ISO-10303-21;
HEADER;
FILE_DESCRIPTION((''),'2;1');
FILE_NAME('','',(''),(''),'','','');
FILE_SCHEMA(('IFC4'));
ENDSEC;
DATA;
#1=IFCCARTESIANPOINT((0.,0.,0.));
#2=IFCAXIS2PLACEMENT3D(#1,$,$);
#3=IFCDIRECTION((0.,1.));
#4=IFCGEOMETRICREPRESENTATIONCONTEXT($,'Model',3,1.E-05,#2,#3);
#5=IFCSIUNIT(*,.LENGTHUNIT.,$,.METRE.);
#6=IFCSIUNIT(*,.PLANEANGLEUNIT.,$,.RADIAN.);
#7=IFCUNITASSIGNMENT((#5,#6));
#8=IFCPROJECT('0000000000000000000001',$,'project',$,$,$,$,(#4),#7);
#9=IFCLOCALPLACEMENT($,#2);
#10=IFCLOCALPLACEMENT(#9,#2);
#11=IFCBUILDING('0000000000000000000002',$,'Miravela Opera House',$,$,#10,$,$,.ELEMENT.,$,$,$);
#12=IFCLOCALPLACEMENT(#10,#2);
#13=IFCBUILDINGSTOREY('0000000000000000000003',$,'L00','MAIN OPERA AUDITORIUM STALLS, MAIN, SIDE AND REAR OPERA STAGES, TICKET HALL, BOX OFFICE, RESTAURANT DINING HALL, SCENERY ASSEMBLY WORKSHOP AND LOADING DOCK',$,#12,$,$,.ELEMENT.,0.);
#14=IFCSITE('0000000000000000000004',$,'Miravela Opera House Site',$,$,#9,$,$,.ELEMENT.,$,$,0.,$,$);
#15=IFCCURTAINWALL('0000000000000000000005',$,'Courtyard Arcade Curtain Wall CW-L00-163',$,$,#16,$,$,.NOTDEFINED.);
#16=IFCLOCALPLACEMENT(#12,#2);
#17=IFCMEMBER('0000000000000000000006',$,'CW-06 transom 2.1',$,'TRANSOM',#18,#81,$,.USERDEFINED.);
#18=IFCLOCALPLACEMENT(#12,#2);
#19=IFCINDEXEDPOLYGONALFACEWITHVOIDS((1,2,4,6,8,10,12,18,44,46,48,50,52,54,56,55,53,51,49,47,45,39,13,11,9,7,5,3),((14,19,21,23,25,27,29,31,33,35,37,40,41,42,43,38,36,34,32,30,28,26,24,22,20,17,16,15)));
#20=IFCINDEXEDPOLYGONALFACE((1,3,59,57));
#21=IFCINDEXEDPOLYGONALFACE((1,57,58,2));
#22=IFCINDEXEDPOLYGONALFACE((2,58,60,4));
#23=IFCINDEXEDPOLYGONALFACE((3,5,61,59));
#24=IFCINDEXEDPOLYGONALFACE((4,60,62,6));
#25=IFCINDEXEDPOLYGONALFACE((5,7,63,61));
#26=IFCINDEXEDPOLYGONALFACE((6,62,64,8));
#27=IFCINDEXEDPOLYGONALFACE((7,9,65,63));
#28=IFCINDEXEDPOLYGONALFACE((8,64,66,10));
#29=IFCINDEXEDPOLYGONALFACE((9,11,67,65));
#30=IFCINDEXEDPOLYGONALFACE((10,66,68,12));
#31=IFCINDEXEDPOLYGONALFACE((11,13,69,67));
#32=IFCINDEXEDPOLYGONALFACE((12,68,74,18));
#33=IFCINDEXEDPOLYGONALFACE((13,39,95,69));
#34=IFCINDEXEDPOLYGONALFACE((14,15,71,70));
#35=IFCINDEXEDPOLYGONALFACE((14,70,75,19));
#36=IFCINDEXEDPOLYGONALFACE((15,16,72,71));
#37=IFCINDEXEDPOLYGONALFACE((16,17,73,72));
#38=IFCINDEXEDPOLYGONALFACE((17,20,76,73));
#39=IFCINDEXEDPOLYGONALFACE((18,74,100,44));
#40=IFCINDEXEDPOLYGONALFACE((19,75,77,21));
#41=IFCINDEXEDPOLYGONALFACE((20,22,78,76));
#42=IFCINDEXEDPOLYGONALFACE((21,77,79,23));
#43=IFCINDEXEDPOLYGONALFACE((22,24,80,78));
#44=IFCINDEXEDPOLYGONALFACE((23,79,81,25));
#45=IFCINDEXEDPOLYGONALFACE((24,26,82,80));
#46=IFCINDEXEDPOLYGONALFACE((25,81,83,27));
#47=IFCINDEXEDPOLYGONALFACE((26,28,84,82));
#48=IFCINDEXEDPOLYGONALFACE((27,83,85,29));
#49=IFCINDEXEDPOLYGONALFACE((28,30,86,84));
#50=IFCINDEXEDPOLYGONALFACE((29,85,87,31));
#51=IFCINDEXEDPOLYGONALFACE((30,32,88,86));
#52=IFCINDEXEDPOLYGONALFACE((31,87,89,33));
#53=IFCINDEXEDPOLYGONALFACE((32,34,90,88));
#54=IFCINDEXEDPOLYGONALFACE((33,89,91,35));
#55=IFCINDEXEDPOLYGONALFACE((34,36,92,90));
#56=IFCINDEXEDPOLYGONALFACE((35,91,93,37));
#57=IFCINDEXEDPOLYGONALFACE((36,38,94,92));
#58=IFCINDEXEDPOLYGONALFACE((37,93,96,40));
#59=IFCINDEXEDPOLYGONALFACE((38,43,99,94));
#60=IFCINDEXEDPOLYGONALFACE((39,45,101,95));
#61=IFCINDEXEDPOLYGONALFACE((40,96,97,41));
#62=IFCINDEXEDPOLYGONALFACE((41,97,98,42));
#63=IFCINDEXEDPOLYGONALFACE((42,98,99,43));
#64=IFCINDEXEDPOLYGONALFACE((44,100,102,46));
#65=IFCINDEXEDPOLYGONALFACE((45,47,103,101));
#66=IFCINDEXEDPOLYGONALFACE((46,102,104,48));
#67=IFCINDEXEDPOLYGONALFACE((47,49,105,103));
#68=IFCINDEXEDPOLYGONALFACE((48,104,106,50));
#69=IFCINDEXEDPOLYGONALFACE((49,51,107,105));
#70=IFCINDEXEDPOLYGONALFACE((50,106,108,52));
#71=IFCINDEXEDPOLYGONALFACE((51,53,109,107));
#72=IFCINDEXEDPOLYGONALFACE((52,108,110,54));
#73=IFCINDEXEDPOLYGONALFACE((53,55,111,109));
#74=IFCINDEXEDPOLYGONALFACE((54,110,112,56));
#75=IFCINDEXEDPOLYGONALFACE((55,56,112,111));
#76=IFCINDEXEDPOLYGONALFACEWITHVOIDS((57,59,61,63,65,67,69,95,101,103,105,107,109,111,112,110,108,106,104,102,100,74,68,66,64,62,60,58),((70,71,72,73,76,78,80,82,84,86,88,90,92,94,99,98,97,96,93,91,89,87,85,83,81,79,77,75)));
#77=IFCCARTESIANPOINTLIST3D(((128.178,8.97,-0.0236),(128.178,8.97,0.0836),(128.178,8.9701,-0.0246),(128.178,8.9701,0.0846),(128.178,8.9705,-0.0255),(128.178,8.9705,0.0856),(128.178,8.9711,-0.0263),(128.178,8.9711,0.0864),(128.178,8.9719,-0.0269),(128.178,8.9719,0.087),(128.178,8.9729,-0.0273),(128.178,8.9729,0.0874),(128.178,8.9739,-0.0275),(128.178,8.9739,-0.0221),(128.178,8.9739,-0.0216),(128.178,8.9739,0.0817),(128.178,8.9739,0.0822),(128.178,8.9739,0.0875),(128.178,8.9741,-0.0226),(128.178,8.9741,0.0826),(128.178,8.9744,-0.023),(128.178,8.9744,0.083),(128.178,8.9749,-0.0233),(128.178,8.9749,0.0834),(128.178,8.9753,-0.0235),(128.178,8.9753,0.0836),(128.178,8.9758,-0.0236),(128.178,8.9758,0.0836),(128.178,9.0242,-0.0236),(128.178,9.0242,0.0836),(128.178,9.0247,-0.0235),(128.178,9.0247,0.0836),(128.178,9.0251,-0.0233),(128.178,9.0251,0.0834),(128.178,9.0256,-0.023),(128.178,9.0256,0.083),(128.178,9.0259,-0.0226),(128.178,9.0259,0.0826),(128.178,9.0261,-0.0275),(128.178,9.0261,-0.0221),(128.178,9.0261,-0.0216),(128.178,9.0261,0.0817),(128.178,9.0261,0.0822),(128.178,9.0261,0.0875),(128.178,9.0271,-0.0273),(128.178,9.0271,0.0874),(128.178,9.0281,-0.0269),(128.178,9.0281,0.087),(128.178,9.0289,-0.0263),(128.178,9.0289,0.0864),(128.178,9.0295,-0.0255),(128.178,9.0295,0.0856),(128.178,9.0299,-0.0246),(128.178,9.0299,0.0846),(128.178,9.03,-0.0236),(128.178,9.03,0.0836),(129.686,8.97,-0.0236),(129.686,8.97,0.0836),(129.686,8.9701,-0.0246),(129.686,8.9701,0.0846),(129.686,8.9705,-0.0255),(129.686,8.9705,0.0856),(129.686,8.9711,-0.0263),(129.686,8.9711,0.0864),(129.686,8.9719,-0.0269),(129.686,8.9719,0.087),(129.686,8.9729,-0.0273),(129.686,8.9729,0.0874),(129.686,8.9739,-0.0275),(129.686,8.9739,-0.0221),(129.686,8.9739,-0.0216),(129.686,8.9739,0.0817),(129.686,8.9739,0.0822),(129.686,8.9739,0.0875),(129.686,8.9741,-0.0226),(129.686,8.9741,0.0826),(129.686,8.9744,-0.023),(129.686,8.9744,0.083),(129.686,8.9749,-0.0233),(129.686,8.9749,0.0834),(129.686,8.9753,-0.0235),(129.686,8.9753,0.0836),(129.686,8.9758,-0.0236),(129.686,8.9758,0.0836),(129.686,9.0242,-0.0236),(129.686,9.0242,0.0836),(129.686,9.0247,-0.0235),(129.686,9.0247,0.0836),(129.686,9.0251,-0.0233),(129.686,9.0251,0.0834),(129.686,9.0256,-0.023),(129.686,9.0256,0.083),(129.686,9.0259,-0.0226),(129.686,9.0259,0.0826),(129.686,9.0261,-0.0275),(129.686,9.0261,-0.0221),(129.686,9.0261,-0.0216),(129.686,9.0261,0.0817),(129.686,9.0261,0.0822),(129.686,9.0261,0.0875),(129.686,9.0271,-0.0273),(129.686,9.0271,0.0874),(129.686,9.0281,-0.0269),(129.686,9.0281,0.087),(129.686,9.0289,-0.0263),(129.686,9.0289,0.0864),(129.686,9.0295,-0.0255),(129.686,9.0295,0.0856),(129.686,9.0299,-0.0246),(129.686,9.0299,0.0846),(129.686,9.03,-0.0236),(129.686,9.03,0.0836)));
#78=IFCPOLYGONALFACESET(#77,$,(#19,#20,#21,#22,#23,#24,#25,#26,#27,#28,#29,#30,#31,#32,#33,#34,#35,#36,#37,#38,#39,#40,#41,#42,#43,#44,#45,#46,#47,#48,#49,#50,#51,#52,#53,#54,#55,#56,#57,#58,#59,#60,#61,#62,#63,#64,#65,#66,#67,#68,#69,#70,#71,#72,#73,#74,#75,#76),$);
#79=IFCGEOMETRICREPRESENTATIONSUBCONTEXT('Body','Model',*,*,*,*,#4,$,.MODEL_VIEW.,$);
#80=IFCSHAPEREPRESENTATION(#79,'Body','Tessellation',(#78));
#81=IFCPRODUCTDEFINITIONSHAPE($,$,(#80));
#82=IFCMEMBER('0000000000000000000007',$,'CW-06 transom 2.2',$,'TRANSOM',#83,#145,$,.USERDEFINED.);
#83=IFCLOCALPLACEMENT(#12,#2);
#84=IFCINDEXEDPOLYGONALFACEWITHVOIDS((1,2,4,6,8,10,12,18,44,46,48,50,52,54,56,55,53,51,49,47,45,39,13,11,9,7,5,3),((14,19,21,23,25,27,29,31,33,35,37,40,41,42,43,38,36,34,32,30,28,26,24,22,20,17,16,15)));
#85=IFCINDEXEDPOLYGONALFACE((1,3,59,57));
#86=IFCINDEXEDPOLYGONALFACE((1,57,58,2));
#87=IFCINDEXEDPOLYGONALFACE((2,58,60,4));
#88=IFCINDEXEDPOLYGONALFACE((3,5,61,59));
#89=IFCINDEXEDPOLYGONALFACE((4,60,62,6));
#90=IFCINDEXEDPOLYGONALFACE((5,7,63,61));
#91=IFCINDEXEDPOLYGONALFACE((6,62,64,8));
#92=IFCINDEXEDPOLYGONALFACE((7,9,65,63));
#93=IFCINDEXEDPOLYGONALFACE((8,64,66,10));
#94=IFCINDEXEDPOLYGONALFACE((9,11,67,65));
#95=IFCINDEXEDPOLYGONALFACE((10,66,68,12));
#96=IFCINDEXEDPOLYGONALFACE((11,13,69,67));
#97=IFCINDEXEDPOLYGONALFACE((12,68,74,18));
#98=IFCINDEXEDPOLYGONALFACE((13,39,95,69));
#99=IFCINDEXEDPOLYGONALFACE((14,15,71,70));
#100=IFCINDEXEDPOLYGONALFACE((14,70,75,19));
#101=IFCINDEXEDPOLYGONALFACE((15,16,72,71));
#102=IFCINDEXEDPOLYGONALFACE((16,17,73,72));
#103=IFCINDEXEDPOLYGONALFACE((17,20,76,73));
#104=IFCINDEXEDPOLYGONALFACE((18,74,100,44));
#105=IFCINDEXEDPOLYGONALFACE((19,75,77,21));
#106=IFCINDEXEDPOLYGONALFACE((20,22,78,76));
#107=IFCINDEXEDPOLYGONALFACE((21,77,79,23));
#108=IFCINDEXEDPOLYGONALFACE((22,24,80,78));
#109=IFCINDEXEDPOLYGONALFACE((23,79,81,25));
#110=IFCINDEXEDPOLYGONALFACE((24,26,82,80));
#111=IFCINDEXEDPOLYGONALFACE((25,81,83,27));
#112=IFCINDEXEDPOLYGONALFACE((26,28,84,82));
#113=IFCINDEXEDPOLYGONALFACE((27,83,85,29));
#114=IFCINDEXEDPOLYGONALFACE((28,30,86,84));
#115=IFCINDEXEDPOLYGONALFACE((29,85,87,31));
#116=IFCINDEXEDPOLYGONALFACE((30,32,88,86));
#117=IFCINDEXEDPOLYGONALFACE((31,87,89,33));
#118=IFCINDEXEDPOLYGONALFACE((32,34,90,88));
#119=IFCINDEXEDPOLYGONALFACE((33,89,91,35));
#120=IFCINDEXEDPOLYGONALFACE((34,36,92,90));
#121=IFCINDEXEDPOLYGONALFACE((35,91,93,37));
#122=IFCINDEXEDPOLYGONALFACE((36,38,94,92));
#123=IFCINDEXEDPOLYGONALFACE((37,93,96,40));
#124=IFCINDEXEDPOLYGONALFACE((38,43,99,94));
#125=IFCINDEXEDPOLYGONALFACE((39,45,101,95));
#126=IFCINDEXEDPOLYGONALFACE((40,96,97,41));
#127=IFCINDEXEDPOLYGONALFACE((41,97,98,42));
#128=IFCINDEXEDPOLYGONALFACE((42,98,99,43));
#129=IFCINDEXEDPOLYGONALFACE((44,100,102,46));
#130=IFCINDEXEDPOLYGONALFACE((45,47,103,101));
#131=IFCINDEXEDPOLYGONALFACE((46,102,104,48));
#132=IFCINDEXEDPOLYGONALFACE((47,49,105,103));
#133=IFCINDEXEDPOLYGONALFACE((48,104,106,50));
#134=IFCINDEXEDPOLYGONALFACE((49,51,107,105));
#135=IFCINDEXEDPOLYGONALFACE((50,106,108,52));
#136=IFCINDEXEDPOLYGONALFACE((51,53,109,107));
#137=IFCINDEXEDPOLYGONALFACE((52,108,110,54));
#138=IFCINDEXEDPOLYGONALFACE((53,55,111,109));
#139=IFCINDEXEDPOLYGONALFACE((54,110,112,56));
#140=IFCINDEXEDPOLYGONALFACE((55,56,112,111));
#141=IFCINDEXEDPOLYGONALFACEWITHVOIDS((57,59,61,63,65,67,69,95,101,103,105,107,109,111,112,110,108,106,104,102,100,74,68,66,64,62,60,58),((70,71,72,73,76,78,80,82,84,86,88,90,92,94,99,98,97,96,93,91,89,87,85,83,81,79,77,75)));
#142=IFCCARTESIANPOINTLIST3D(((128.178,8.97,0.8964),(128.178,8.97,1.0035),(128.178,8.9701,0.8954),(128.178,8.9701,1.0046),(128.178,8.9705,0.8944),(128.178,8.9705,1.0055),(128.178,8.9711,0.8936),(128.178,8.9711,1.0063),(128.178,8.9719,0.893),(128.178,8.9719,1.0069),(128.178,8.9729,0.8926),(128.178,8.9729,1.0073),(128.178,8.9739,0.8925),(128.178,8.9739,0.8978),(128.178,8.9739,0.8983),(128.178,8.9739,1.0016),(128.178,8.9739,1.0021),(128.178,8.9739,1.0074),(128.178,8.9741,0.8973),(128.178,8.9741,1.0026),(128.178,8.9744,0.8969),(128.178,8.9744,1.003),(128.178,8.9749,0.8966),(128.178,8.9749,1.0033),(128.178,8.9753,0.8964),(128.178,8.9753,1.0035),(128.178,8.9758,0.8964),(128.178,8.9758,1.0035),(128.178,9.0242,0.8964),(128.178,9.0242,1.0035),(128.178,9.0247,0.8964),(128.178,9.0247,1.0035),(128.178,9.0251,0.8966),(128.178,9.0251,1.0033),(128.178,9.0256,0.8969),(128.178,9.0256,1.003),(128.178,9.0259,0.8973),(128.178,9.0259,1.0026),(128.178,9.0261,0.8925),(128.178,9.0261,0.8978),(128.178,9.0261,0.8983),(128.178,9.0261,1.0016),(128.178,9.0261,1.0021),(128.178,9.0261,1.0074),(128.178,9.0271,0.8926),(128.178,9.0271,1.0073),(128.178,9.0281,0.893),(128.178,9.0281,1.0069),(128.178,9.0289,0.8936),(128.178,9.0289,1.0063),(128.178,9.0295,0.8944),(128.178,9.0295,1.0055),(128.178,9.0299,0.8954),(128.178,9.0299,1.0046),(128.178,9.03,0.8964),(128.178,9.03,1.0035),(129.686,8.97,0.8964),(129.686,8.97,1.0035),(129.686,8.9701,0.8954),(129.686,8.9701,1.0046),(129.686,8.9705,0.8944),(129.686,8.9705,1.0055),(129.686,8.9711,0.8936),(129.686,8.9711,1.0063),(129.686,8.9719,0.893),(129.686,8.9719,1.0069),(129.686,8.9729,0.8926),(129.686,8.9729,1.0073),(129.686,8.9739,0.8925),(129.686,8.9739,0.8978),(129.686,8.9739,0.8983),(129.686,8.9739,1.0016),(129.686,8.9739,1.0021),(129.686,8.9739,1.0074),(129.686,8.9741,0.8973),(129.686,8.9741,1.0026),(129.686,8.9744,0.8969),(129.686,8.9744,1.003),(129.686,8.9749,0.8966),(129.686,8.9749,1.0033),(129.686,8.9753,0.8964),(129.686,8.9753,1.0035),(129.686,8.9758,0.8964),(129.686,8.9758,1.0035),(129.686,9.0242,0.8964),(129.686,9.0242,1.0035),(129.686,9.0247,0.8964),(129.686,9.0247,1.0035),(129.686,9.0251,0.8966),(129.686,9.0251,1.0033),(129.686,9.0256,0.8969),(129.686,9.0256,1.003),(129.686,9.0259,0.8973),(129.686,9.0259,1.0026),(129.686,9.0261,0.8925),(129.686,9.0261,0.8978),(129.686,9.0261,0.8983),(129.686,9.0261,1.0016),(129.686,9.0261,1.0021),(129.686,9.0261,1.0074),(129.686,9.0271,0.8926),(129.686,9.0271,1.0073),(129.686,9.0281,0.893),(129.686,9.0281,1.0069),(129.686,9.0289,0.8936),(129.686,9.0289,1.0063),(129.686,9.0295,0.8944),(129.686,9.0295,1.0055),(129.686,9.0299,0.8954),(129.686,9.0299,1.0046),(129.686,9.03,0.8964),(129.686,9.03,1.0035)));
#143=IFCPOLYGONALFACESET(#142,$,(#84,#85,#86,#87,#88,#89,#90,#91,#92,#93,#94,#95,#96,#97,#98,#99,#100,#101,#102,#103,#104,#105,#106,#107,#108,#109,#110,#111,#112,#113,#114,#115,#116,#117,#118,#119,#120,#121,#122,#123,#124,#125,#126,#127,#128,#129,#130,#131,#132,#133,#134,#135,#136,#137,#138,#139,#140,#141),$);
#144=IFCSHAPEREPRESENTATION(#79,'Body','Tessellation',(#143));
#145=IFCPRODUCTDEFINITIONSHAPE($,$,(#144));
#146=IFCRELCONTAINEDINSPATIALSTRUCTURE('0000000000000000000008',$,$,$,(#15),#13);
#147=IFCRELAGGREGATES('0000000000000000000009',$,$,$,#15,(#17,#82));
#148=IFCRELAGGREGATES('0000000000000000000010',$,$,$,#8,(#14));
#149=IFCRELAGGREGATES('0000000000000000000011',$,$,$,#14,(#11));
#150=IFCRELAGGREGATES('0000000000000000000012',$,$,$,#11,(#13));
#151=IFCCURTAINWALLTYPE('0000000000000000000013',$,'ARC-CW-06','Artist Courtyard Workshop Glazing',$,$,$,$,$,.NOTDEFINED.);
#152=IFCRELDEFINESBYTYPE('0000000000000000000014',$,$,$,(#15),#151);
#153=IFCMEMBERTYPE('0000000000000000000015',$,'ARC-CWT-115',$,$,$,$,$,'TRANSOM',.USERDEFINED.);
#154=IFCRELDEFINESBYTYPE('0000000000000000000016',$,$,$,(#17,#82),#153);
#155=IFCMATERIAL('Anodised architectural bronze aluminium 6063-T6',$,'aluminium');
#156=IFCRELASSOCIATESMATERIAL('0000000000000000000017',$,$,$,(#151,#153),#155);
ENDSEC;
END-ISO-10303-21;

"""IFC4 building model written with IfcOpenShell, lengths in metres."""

from ifc_helpers import new_model, si_unit, direction, frame, origin, origin_2d, place, context, subcontext, project, spatial, hollow_rectangle, extrude, material, material_profile, profile_set, type_object, element, aggregate, save


model = new_model("IFC4")

# Units and contexts
model_context = context("Model", 3, precision=1e-05, world=origin(), true_north=direction((0.0, 1.0)))
body_context = subcontext(model_context, "Body", "Model", "MODEL_VIEW")
ifc_project = project(units=[si_unit("LENGTHUNIT", "METRE"), si_unit("PLANEANGLEUNIT", "RADIAN")], contexts=[model_context])

# Site, building, storey
site_placement = place(None, origin())
site = spatial("IfcSite", under=ifc_project, at=site_placement, Name="Miravela Opera House Site", CompositionType="ELEMENT", RefElevation=0.0)
building_placement = place(site_placement, origin())
building = spatial("IfcBuilding", under=site, at=building_placement, Name="Miravela Opera House", CompositionType="ELEMENT")
storey_placement = place(building_placement, origin())
storey = spatial("IfcBuildingStorey", under=building, at=storey_placement, Name="L00", Description="MAIN OPERA AUDITORIUM STALLS, MAIN, SIDE AND REAR OPERA STAGES, TICKET HALL, BOX OFFICE, RESTAURANT DINING HALL, SCENERY ASSEMBLY WORKSHOP AND LOADING DOCK", CompositionType="ELEMENT", Elevation=0.0)

# Shared definitions
ifc_material_1 = material(Name="Anodised architectural bronze aluminium 6063-T6", Category="aluminium")
curtain_wall_type = type_object("IfcCurtainWallType", Name="ARC-CW-06", Description="Artist Courtyard Workshop Glazing", PredefinedType="NOTDEFINED", material=ifc_material_1)

# Curtain wall, members
curtain_wall_1_placement = place(storey_placement, origin())
curtain_wall_1 = element("IfcCurtainWall", 1, at=curtain_wall_1_placement, inside=storey, type_object=curtain_wall_type, Name="Courtyard Arcade Curtain Wall CW-L00-163", PredefinedType="NOTDEFINED")
ifc_material_profile_1 = material_profile(ifc_material_1, hollow_rectangle(XDim=0.0601, YDim=0.115, WallThickness=0.0039, InnerFilletRadius=0.002, OuterFilletRadius=0.0039, at=origin_2d()), Name="CWT-60X115")
ifc_profile_set_1 = profile_set([ifc_material_profile_1])
member_type_1 = type_object("IfcMemberType", Name="ARC-CWT-115", ElementType="TRANSOM", PredefinedType="USERDEFINED", material=ifc_profile_set_1)
member_1_placement = place(storey_placement, frame((128.178, 9.0, 0.03), z_axis=(1.0, 0.0, 0.0), x_axis=(0.0, 1.0, 0.0)))
member_1 = element("IfcMember", 2, at=member_1_placement, type_object=member_type_1, Name="CW-06 transom 2.1", ObjectType="TRANSOM", PredefinedType="USERDEFINED", context=body_context, shape_type="SweptSolid", body=[
    extrude(hollow_rectangle(XDim=0.0601, YDim=0.115, WallThickness=0.0039, InnerFilletRadius=0.002, OuterFilletRadius=0.0039, at=origin_2d()), origin(), (0.0, 0.0, 1.0), 1.5081),
])
member_2_placement = place(storey_placement, frame((128.178, 9.0, 0.95), z_axis=(1.0, 0.0, 0.0), x_axis=(0.0, 1.0, 0.0)))
member_2 = element("IfcMember", 3, at=member_2_placement, type_object=member_type_1, Name="CW-06 transom 2.2", ObjectType="TRANSOM", PredefinedType="USERDEFINED", context=body_context, shape_type="SweptSolid", body=[
    extrude(hollow_rectangle(XDim=0.0601, YDim=0.115, WallThickness=0.0039, InnerFilletRadius=0.002, OuterFilletRadius=0.0039, at=origin_2d()), origin(), (0.0, 0.0, 1.0), 1.5081),
])

aggregate(curtain_wall_1, [member_1, member_2])

save(model, "model.ifc")
